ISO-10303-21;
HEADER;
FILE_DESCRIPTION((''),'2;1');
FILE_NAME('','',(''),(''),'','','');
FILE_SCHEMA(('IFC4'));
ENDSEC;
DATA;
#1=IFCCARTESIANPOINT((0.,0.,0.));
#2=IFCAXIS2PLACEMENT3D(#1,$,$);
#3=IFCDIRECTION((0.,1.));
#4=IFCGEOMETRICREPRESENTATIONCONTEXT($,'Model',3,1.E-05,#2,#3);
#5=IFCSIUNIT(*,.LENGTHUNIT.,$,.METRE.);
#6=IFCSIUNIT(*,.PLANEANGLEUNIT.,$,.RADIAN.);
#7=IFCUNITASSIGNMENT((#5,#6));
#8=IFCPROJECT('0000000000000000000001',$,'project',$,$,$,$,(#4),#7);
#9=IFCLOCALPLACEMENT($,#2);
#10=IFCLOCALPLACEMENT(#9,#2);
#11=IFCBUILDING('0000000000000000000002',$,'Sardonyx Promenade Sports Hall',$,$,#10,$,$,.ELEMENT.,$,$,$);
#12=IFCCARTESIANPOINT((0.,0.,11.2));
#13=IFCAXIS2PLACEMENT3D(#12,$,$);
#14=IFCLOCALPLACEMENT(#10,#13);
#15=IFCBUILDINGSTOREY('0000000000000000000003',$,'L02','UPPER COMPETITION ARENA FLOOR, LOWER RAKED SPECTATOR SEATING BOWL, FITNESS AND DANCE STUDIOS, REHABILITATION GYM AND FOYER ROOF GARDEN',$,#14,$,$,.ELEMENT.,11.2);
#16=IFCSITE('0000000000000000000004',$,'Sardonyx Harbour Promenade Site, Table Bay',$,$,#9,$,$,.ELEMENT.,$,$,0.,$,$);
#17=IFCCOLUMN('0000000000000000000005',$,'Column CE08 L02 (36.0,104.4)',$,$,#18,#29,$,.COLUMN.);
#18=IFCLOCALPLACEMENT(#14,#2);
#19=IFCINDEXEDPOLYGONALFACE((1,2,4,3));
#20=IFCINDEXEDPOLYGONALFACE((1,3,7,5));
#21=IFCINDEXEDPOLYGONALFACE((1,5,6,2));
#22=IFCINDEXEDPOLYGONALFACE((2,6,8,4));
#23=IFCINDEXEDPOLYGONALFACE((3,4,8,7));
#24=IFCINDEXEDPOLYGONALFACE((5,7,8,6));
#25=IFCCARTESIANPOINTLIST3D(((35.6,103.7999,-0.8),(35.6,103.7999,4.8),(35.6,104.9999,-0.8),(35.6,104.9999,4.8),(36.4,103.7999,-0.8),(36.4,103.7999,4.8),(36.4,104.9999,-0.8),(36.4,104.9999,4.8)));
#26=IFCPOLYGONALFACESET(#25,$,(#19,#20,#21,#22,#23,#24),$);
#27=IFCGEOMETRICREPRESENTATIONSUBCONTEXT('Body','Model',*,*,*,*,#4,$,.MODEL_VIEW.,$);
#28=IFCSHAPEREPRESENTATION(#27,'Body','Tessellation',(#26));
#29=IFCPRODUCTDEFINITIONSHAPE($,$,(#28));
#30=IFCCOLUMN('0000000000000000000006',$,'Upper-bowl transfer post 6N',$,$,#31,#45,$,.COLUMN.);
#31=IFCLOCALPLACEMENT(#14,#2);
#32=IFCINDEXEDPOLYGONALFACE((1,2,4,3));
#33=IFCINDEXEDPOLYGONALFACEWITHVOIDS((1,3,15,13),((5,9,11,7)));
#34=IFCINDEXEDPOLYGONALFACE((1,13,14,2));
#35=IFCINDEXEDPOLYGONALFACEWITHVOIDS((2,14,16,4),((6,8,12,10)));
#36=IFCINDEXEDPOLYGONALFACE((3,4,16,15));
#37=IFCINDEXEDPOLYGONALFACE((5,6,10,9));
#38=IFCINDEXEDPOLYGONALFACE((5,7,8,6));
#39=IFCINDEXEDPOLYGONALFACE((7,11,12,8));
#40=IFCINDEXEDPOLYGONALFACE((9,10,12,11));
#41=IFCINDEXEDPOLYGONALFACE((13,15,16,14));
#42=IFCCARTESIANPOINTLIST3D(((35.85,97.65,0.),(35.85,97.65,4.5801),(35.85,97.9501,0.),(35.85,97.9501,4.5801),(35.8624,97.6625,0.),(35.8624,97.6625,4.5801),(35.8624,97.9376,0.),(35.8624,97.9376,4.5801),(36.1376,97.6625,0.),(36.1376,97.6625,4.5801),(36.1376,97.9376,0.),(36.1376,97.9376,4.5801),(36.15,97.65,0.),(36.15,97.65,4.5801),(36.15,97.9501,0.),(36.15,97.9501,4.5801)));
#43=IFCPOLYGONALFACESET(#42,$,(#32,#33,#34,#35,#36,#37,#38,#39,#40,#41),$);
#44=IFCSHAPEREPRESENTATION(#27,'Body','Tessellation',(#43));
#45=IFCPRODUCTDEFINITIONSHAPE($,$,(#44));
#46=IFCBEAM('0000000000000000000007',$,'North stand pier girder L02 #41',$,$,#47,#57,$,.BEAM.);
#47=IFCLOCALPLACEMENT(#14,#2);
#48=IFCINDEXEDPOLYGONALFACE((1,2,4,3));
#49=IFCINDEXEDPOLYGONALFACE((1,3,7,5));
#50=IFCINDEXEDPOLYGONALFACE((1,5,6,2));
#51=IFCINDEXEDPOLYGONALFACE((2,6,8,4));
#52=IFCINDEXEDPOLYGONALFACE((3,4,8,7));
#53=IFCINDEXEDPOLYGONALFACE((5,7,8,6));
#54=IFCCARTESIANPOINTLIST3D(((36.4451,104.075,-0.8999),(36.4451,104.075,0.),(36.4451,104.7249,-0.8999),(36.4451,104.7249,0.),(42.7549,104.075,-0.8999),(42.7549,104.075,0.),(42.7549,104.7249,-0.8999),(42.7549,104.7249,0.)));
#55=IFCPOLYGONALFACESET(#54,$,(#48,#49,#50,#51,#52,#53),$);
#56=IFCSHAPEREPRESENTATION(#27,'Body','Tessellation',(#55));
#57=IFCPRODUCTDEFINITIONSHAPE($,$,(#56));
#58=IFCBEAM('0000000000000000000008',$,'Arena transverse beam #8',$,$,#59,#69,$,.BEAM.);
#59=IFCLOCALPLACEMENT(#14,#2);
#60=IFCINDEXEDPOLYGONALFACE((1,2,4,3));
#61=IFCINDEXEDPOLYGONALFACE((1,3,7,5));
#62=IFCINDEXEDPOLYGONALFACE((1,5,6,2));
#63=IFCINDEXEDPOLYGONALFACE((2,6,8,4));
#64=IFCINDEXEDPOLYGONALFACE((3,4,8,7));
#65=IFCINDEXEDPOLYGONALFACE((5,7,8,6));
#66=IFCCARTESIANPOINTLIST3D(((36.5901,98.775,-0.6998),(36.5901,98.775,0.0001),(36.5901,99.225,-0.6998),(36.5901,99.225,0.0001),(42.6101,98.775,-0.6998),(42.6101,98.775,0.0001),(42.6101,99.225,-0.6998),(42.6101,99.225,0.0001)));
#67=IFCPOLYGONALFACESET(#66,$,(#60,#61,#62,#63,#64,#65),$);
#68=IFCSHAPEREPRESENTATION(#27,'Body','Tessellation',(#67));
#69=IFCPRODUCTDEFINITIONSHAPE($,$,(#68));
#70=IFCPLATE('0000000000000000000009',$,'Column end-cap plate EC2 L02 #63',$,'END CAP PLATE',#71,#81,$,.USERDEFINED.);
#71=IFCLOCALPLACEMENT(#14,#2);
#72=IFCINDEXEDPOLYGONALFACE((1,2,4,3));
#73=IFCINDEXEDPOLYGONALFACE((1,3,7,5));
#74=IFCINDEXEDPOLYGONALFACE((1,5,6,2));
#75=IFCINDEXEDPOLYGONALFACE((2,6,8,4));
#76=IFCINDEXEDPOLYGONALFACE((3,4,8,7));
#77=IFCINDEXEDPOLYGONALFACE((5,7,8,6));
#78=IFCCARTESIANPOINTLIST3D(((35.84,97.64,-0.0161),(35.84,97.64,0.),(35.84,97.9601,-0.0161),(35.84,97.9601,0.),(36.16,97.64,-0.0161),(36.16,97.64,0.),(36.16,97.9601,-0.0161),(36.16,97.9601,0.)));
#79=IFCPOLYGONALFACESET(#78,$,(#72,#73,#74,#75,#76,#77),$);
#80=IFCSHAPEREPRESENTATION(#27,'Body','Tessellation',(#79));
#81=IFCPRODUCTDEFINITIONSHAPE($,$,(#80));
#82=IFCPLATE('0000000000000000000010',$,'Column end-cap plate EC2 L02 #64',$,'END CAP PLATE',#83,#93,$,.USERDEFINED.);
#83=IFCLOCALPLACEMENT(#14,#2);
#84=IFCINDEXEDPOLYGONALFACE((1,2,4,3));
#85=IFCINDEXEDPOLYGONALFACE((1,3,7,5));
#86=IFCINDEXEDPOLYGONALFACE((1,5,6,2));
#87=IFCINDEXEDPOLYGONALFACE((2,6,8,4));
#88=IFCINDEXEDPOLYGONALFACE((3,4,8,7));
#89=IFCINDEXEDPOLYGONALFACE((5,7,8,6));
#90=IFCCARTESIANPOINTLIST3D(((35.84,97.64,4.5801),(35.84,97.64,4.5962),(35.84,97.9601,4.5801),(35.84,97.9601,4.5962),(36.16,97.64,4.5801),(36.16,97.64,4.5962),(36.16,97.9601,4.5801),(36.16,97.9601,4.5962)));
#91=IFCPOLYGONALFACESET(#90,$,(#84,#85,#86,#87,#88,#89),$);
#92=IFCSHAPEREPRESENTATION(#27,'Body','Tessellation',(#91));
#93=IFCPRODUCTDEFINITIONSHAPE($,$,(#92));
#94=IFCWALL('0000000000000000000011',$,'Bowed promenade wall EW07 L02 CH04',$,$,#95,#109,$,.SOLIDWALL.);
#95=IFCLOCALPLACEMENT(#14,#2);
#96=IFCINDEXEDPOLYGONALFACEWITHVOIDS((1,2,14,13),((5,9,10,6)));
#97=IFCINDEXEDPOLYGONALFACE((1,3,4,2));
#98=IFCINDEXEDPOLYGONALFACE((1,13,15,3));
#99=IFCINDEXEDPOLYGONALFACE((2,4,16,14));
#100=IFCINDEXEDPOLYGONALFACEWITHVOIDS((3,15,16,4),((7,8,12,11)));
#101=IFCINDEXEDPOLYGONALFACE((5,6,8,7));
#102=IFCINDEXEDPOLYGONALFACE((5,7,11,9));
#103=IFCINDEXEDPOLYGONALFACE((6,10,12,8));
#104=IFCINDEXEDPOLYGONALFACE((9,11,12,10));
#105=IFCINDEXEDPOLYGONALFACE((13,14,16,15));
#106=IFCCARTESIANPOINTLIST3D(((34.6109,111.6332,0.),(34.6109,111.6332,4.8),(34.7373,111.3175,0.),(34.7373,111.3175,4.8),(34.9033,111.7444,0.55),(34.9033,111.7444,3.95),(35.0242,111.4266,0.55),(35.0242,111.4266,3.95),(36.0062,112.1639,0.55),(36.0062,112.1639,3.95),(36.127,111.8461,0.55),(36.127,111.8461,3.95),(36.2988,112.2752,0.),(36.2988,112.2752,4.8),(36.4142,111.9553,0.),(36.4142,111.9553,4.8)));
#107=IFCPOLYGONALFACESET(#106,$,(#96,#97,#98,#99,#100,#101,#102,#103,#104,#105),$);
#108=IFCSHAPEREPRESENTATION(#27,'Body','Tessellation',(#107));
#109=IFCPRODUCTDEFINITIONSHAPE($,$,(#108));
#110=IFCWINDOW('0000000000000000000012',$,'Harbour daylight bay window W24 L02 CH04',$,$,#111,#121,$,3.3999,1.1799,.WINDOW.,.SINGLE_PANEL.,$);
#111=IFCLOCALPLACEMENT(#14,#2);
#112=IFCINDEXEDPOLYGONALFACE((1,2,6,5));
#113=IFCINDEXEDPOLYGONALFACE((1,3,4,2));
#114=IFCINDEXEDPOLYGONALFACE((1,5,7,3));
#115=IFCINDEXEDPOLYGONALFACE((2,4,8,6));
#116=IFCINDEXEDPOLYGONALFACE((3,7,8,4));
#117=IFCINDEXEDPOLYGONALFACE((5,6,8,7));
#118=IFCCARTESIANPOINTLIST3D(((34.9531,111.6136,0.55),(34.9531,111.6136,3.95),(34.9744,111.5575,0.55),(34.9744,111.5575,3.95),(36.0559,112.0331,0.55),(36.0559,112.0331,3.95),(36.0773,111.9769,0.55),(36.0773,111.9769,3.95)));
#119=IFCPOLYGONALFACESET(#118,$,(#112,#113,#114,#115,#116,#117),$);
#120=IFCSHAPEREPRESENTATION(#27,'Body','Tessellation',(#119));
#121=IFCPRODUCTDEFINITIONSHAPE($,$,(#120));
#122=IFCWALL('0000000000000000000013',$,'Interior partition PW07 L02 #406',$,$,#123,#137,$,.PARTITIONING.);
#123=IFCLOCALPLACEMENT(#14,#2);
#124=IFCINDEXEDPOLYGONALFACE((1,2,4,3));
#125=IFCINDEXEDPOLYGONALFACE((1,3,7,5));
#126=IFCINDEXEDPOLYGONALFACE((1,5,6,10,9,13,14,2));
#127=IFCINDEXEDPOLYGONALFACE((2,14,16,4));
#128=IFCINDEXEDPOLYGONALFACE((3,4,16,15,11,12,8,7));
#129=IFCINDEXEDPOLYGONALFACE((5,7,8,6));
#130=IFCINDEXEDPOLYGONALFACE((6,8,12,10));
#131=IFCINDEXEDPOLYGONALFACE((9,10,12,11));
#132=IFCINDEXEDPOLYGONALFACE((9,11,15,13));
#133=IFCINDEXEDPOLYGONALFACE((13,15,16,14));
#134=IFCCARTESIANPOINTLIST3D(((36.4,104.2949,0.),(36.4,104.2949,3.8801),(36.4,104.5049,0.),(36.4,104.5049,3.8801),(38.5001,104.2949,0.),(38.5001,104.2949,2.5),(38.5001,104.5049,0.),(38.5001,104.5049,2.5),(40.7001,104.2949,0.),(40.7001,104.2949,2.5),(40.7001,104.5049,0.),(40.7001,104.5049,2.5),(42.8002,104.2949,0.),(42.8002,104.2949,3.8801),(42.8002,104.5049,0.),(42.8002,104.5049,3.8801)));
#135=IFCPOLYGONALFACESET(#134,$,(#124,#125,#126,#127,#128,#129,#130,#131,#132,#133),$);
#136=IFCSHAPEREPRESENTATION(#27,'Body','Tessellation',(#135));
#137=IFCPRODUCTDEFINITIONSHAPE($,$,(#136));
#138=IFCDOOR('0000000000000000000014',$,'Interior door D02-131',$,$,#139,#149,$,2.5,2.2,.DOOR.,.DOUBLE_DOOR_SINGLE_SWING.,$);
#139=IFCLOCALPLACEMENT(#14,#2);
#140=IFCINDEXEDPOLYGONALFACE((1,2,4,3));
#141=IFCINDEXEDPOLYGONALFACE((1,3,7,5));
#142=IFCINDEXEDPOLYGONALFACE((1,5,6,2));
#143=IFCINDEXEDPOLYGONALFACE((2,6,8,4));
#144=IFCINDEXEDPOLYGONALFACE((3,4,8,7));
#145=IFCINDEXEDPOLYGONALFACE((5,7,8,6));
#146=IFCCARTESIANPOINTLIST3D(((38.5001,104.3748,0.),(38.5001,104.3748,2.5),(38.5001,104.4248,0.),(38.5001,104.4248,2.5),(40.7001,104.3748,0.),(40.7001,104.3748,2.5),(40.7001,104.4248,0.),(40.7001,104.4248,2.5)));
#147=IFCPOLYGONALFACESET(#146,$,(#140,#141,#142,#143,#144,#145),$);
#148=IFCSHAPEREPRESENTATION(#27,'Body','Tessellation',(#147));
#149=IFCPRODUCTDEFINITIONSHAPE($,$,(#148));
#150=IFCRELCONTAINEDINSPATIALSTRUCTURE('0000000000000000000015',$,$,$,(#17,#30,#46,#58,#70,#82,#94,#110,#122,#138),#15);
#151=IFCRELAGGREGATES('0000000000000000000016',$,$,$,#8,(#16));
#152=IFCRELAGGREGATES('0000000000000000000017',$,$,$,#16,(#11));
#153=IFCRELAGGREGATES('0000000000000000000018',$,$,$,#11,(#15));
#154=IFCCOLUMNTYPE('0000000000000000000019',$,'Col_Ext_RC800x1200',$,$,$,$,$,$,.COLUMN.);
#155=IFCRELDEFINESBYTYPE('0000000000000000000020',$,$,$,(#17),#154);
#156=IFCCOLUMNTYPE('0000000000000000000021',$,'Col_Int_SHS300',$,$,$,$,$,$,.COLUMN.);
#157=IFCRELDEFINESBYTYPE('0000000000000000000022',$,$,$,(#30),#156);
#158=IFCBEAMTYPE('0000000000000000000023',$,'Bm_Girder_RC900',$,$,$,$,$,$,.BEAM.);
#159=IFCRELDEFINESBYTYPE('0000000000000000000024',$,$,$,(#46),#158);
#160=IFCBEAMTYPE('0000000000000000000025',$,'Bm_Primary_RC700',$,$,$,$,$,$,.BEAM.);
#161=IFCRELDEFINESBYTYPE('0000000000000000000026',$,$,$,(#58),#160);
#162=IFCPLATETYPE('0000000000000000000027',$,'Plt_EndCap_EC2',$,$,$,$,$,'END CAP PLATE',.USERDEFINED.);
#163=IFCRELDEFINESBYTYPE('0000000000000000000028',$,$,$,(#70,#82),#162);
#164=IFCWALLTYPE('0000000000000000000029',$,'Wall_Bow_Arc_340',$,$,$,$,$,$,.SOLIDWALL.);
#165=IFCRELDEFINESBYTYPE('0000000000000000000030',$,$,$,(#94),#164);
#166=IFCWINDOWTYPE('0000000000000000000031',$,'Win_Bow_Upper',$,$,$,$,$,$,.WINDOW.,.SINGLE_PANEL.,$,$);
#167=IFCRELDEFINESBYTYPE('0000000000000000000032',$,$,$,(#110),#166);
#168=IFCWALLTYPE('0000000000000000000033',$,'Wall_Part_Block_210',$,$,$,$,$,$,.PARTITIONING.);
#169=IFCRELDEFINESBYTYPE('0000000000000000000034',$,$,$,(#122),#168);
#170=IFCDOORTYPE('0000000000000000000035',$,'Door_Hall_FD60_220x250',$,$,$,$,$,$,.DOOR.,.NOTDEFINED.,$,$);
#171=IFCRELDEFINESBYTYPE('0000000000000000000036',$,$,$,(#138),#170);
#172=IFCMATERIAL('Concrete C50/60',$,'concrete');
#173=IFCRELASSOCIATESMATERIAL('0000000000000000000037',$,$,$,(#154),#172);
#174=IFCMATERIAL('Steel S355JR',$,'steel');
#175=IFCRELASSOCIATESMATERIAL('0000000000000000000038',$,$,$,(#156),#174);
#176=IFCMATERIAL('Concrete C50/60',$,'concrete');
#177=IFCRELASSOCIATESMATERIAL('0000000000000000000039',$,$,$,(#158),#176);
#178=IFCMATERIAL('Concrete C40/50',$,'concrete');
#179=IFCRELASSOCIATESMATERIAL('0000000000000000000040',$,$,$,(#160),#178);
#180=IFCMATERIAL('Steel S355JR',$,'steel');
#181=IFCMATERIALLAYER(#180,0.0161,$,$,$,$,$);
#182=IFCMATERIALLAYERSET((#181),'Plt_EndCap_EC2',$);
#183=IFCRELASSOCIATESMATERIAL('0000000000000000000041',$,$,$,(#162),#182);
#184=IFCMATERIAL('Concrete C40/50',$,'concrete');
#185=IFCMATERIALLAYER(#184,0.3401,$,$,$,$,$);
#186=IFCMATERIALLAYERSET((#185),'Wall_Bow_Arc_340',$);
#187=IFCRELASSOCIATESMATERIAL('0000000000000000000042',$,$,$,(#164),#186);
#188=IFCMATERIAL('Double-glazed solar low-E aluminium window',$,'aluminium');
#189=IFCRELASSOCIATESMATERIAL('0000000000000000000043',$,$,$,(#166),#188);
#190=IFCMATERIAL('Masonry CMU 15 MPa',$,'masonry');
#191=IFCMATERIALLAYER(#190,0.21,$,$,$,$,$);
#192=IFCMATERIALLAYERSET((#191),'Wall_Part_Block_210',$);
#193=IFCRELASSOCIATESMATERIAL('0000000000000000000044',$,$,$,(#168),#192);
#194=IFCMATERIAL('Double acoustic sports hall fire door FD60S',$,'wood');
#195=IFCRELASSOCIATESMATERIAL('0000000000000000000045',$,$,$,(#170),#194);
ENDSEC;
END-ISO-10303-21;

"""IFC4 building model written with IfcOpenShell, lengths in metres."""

from ifc_helpers import new_model, si_unit, direction, frame, frame_2d, origin, origin_2d, place, context, subcontext, project, spatial, polyline, rectangle, hollow_rectangle, outline, extrude, material, layer, layer_set, material_profile, profile_set, type_object, element, fill, save


model = new_model("IFC4")

# Units and contexts
model_context = context("Model", 3, precision=1e-05, world=origin(), true_north=direction((0.0, 1.0)))
body_context = subcontext(model_context, "Body", "Model", "MODEL_VIEW")
ifc_project = project(units=[si_unit("LENGTHUNIT", "METRE"), si_unit("PLANEANGLEUNIT", "RADIAN")], contexts=[model_context])

# Site, building, storey
site_placement = place(None, origin())
site = spatial("IfcSite", under=ifc_project, at=site_placement, Name="Sardonyx Harbour Promenade Site, Table Bay", CompositionType="ELEMENT", RefElevation=0.0)
building_placement = place(site_placement, origin())
building = spatial("IfcBuilding", under=site, at=building_placement, Name="Sardonyx Promenade Sports Hall", CompositionType="ELEMENT")
storey_placement = place(building_placement, frame((0.0, 0.0, 11.2)))
storey = spatial("IfcBuildingStorey", under=building, at=storey_placement, Name="L02", Description="UPPER COMPETITION ARENA FLOOR, LOWER RAKED SPECTATOR SEATING BOWL, FITNESS AND DANCE STUDIOS, REHABILITATION GYM AND FOYER ROOF GARDEN", CompositionType="ELEMENT", Elevation=11.2)

# Columns
ifc_material_1 = material(Name="Concrete C50/60", Category="concrete")
ifc_material_profile_1 = material_profile(ifc_material_1, rectangle(XDim=0.8, YDim=1.2, at=origin_2d()))
ifc_profile_set_1 = profile_set([ifc_material_profile_1], Name="Concrete C50/60")
column_type_1 = type_object("IfcColumnType", Name="Col_Ext_RC800x1200", PredefinedType="COLUMN", material=ifc_profile_set_1)
column_1_placement = place(storey_placement, frame((36.0, 104.3999, -0.8), z_axis=(0.0, 0.0, 1.0), x_axis=(1.0, 0.0, 0.0)))
element("IfcColumn", 1, at=column_1_placement, inside=storey, type_object=column_type_1, Name="Column CE08 L02 (36.0,104.4)", PredefinedType="COLUMN", context=body_context, shape_type="SweptSolid", body=[
    extrude(rectangle(XDim=0.8, YDim=1.2, at=origin_2d()), origin(), (0.0, 0.0, 1.0), 5.6001),
])
ifc_material_2 = material(Name="Steel S355JR", Category="steel")
ifc_material_profile_2 = material_profile(ifc_material_2, hollow_rectangle(XDim=0.3, YDim=0.3, WallThickness=0.0125, at=origin_2d()))
ifc_profile_set_2 = profile_set([ifc_material_profile_2], Name="Steel S355JR")
column_type_2 = type_object("IfcColumnType", Name="Col_Int_SHS300", PredefinedType="COLUMN", material=ifc_profile_set_2)
column_2_placement = place(storey_placement, frame((36.0, 97.8, 0.0), z_axis=(0.0, 0.0, 1.0), x_axis=(1.0, 0.0, 0.0)))
element("IfcColumn", 2, at=column_2_placement, inside=storey, type_object=column_type_2, Name="Upper-bowl transfer post 6N", PredefinedType="COLUMN", context=body_context, shape_type="SweptSolid", body=[
    extrude(hollow_rectangle(XDim=0.3, YDim=0.3, WallThickness=0.0125, at=origin_2d()), origin(), (0.0, 0.0, 1.0), 4.5801),
])

# Beams
ifc_material_3 = material(Name="Concrete C50/60", Category="concrete")
ifc_material_profile_3 = material_profile(ifc_material_3, rectangle(XDim=0.6499, YDim=0.8999, at=origin_2d()))
ifc_profile_set_3 = profile_set([ifc_material_profile_3], Name="Concrete C50/60")
beam_type_1 = type_object("IfcBeamType", Name="Bm_Girder_RC900", PredefinedType="BEAM", material=ifc_profile_set_3)
beam_1_placement = place(storey_placement, frame((36.4451, 104.3999, -0.45), z_axis=(1.0, 0.0, 0.0), x_axis=(0.0, 1.0, 0.0)))
element("IfcBeam", 3, at=beam_1_placement, inside=storey, type_object=beam_type_1, Name="North stand pier girder L02 #41", PredefinedType="BEAM", context=body_context, shape_type="SweptSolid", body=[
    extrude(rectangle(XDim=0.6499, YDim=0.8999, at=origin_2d()), origin(), (0.0, 0.0, 1.0), 6.3098),
])
ifc_material_4 = material(Name="Concrete C40/50", Category="concrete")
ifc_material_profile_4 = material_profile(ifc_material_4, rectangle(XDim=0.45, YDim=0.7, at=origin_2d()))
ifc_profile_set_4 = profile_set([ifc_material_profile_4], Name="Concrete C40/50")
beam_type_2 = type_object("IfcBeamType", Name="Bm_Primary_RC700", PredefinedType="BEAM", material=ifc_profile_set_4)
beam_2_placement = place(storey_placement, frame((36.5901, 99.0, -0.3499), z_axis=(1.0, 0.0, 0.0), x_axis=(0.0, 1.0, 0.0)))
element("IfcBeam", 4, at=beam_2_placement, inside=storey, type_object=beam_type_2, Name="Arena transverse beam #8", PredefinedType="BEAM", context=body_context, shape_type="SweptSolid", body=[
    extrude(rectangle(XDim=0.45, YDim=0.7, at=origin_2d()), origin(), (0.0, 0.0, 1.0), 6.02),
])

# Plates
ifc_material_5 = material(Name="Steel S355JR", Category="steel")
ifc_layer_1 = layer(ifc_material_5, 0.0161)
ifc_layer_set_1 = layer_set([ifc_layer_1], Name="Plt_EndCap_EC2")
plate_type = type_object("IfcPlateType", Name="Plt_EndCap_EC2", ElementType="END CAP PLATE", PredefinedType="USERDEFINED", material=ifc_layer_set_1)
for number, where, z_axis, x_axis, name in (
    (5, (36.0, 97.8, -0.0161), (0.0, 0.0, 1.0), (1.0, 0.0, 0.0), "Column end-cap plate EC2 L02 #63"),
    (6, (36.0, 97.8, 4.5801), (0.0, 0.0, 1.0), (1.0, 0.0, 0.0), "Column end-cap plate EC2 L02 #64"),
):
    element("IfcPlate", number, at=place(storey_placement, frame(where, z_axis=z_axis, x_axis=x_axis)), inside=storey, type_object=plate_type, Name=name, ObjectType="END CAP PLATE", PredefinedType="USERDEFINED", context=body_context, shape_type="SweptSolid", body=[
        extrude(rectangle(XDim=0.3201, YDim=0.3201, at=origin_2d()), origin(), (0.0, 0.0, 1.0), 0.0161),
    ])

# Wall, opening, window
ifc_material_6 = material(Name="Concrete C40/50", Category="concrete")
ifc_layer_2 = layer(ifc_material_6, 0.3401)
ifc_layer_set_2 = layer_set([ifc_layer_2], Name="Wall_Bow_Arc_340")
wall_type_1 = type_object("IfcWallType", Name="Wall_Bow_Arc_340", PredefinedType="SOLIDWALL", material=ifc_layer_set_2)
wall_1_placement = place(storey_placement, frame((34.6741, 111.4753, 0.0), z_axis=(0.0, 0.0, 1.0), x_axis=(0.934675, 0.355505, 0.0)))
wall_1 = element("IfcWall", 7, at=wall_1_placement, inside=storey, type_object=wall_type_1, Name="Bowed promenade wall EW07 L02 CH04", PredefinedType="SOLIDWALL", context=body_context, shape_type="SweptSolid", body=[
    extrude(outline(polyline([(0.0029, -0.17), (1.7971, -0.17), (1.8029, 0.17), (-0.0029, 0.17), (0.0029, -0.17)])), origin(), (0.0, 0.0, 1.0), 4.8),
])
opening_1_placement = place(wall_1_placement, frame((0.3101, 0.0, 0.55)))
opening_1 = element("IfcOpeningElement", 8, at=opening_1_placement, cuts=wall_1, PredefinedType="OPENING", context=body_context, shape_type="SweptSolid", body=[
    extrude(rectangle(XDim=1.1799, YDim=3.3999, at=frame_2d((0.5898, 1.7))), frame((0.0, 0.18, 0.0), z_axis=(0.0, -1.0, 0.0), x_axis=(1.0, 0.0, 0.0)), (0.0, 0.0, 1.0), 0.36),
])
ifc_material_7 = material(Name="Double-glazed solar low-E aluminium window", Category="aluminium")
window_type = type_object("IfcWindowType", Name="Win_Bow_Upper", PartitioningType="SINGLE_PANEL", PredefinedType="WINDOW", material=ifc_material_7)
window_placement = place(opening_1_placement, origin())
window = element("IfcWindow", 9, at=window_placement, inside=storey, type_object=window_type, Name="Harbour daylight bay window W24 L02 CH04", OverallHeight=3.3999, OverallWidth=1.1799, PartitioningType="SINGLE_PANEL", PredefinedType="WINDOW", context=body_context, shape_type="SweptSolid", body=[
    extrude(rectangle(XDim=1.1799, YDim=3.3999, at=frame_2d((0.5898, 1.7))), frame((0.0, 0.03, 0.0), z_axis=(0.0, -1.0, 0.0), x_axis=(1.0, 0.0, 0.0)), (0.0, 0.0, 1.0), 0.0601),
])
fill(opening_1, window)

# Wall, opening, door
ifc_material_8 = material(Name="Masonry CMU 15 MPa", Category="masonry")
ifc_layer_3 = layer(ifc_material_8, 0.21)
ifc_layer_set_3 = layer_set([ifc_layer_3], Name="Wall_Part_Block_210")
wall_type_2 = type_object("IfcWallType", Name="Wall_Part_Block_210", PredefinedType="PARTITIONING", material=ifc_layer_set_3)
wall_2_placement = place(storey_placement, frame((36.3999, 104.3999, 0.0), z_axis=(0.0, 0.0, 1.0), x_axis=(1.0, 0.0, 0.0)))
wall_2 = element("IfcWall", 10, at=wall_2_placement, inside=storey, type_object=wall_type_2, Name="Interior partition PW07 L02 #406", PredefinedType="PARTITIONING", context=body_context, shape_type="SweptSolid", body=[
    extrude(rectangle(XDim=6.4001, YDim=0.21, at=frame_2d((3.2002, 0.0))), origin(), (0.0, 0.0, 1.0), 3.8801),
])
opening_2_placement = place(wall_2_placement, frame((2.1001, 0.0, 0.0)))
opening_2 = element("IfcOpeningElement", 11, at=opening_2_placement, cuts=wall_2, PredefinedType="OPENING", context=body_context, shape_type="SweptSolid", body=[
    extrude(rectangle(XDim=2.2, YDim=2.5, at=frame_2d((1.1001, 1.25))), frame((0.0, 0.115, 0.0), z_axis=(0.0, -1.0, 0.0), x_axis=(1.0, 0.0, 0.0)), (0.0, 0.0, 1.0), 0.23),
])
ifc_material_9 = material(Name="Double acoustic sports hall fire door FD60S", Category="wood")
door_type = type_object("IfcDoorType", Name="Door_Hall_FD60_220x250", OperationType="NOTDEFINED", PredefinedType="DOOR", material=ifc_material_9)
door_placement = place(opening_2_placement, origin())
door = element("IfcDoor", 12, at=door_placement, inside=storey, type_object=door_type, Name="Interior door D02-131", OperationType="DOUBLE_DOOR_SINGLE_SWING", OverallHeight=2.5, OverallWidth=2.2, PredefinedType="DOOR", context=body_context, shape_type="SweptSolid", body=[
    extrude(rectangle(XDim=2.2, YDim=2.5, at=frame_2d((1.1001, 1.25))), frame((0.0, 0.0249, 0.0), z_axis=(0.0, -1.0, 0.0), x_axis=(1.0, 0.0, 0.0)), (0.0, 0.0, 1.0), 0.05),
])
fill(opening_2, door)

save(model, "model.ifc")
